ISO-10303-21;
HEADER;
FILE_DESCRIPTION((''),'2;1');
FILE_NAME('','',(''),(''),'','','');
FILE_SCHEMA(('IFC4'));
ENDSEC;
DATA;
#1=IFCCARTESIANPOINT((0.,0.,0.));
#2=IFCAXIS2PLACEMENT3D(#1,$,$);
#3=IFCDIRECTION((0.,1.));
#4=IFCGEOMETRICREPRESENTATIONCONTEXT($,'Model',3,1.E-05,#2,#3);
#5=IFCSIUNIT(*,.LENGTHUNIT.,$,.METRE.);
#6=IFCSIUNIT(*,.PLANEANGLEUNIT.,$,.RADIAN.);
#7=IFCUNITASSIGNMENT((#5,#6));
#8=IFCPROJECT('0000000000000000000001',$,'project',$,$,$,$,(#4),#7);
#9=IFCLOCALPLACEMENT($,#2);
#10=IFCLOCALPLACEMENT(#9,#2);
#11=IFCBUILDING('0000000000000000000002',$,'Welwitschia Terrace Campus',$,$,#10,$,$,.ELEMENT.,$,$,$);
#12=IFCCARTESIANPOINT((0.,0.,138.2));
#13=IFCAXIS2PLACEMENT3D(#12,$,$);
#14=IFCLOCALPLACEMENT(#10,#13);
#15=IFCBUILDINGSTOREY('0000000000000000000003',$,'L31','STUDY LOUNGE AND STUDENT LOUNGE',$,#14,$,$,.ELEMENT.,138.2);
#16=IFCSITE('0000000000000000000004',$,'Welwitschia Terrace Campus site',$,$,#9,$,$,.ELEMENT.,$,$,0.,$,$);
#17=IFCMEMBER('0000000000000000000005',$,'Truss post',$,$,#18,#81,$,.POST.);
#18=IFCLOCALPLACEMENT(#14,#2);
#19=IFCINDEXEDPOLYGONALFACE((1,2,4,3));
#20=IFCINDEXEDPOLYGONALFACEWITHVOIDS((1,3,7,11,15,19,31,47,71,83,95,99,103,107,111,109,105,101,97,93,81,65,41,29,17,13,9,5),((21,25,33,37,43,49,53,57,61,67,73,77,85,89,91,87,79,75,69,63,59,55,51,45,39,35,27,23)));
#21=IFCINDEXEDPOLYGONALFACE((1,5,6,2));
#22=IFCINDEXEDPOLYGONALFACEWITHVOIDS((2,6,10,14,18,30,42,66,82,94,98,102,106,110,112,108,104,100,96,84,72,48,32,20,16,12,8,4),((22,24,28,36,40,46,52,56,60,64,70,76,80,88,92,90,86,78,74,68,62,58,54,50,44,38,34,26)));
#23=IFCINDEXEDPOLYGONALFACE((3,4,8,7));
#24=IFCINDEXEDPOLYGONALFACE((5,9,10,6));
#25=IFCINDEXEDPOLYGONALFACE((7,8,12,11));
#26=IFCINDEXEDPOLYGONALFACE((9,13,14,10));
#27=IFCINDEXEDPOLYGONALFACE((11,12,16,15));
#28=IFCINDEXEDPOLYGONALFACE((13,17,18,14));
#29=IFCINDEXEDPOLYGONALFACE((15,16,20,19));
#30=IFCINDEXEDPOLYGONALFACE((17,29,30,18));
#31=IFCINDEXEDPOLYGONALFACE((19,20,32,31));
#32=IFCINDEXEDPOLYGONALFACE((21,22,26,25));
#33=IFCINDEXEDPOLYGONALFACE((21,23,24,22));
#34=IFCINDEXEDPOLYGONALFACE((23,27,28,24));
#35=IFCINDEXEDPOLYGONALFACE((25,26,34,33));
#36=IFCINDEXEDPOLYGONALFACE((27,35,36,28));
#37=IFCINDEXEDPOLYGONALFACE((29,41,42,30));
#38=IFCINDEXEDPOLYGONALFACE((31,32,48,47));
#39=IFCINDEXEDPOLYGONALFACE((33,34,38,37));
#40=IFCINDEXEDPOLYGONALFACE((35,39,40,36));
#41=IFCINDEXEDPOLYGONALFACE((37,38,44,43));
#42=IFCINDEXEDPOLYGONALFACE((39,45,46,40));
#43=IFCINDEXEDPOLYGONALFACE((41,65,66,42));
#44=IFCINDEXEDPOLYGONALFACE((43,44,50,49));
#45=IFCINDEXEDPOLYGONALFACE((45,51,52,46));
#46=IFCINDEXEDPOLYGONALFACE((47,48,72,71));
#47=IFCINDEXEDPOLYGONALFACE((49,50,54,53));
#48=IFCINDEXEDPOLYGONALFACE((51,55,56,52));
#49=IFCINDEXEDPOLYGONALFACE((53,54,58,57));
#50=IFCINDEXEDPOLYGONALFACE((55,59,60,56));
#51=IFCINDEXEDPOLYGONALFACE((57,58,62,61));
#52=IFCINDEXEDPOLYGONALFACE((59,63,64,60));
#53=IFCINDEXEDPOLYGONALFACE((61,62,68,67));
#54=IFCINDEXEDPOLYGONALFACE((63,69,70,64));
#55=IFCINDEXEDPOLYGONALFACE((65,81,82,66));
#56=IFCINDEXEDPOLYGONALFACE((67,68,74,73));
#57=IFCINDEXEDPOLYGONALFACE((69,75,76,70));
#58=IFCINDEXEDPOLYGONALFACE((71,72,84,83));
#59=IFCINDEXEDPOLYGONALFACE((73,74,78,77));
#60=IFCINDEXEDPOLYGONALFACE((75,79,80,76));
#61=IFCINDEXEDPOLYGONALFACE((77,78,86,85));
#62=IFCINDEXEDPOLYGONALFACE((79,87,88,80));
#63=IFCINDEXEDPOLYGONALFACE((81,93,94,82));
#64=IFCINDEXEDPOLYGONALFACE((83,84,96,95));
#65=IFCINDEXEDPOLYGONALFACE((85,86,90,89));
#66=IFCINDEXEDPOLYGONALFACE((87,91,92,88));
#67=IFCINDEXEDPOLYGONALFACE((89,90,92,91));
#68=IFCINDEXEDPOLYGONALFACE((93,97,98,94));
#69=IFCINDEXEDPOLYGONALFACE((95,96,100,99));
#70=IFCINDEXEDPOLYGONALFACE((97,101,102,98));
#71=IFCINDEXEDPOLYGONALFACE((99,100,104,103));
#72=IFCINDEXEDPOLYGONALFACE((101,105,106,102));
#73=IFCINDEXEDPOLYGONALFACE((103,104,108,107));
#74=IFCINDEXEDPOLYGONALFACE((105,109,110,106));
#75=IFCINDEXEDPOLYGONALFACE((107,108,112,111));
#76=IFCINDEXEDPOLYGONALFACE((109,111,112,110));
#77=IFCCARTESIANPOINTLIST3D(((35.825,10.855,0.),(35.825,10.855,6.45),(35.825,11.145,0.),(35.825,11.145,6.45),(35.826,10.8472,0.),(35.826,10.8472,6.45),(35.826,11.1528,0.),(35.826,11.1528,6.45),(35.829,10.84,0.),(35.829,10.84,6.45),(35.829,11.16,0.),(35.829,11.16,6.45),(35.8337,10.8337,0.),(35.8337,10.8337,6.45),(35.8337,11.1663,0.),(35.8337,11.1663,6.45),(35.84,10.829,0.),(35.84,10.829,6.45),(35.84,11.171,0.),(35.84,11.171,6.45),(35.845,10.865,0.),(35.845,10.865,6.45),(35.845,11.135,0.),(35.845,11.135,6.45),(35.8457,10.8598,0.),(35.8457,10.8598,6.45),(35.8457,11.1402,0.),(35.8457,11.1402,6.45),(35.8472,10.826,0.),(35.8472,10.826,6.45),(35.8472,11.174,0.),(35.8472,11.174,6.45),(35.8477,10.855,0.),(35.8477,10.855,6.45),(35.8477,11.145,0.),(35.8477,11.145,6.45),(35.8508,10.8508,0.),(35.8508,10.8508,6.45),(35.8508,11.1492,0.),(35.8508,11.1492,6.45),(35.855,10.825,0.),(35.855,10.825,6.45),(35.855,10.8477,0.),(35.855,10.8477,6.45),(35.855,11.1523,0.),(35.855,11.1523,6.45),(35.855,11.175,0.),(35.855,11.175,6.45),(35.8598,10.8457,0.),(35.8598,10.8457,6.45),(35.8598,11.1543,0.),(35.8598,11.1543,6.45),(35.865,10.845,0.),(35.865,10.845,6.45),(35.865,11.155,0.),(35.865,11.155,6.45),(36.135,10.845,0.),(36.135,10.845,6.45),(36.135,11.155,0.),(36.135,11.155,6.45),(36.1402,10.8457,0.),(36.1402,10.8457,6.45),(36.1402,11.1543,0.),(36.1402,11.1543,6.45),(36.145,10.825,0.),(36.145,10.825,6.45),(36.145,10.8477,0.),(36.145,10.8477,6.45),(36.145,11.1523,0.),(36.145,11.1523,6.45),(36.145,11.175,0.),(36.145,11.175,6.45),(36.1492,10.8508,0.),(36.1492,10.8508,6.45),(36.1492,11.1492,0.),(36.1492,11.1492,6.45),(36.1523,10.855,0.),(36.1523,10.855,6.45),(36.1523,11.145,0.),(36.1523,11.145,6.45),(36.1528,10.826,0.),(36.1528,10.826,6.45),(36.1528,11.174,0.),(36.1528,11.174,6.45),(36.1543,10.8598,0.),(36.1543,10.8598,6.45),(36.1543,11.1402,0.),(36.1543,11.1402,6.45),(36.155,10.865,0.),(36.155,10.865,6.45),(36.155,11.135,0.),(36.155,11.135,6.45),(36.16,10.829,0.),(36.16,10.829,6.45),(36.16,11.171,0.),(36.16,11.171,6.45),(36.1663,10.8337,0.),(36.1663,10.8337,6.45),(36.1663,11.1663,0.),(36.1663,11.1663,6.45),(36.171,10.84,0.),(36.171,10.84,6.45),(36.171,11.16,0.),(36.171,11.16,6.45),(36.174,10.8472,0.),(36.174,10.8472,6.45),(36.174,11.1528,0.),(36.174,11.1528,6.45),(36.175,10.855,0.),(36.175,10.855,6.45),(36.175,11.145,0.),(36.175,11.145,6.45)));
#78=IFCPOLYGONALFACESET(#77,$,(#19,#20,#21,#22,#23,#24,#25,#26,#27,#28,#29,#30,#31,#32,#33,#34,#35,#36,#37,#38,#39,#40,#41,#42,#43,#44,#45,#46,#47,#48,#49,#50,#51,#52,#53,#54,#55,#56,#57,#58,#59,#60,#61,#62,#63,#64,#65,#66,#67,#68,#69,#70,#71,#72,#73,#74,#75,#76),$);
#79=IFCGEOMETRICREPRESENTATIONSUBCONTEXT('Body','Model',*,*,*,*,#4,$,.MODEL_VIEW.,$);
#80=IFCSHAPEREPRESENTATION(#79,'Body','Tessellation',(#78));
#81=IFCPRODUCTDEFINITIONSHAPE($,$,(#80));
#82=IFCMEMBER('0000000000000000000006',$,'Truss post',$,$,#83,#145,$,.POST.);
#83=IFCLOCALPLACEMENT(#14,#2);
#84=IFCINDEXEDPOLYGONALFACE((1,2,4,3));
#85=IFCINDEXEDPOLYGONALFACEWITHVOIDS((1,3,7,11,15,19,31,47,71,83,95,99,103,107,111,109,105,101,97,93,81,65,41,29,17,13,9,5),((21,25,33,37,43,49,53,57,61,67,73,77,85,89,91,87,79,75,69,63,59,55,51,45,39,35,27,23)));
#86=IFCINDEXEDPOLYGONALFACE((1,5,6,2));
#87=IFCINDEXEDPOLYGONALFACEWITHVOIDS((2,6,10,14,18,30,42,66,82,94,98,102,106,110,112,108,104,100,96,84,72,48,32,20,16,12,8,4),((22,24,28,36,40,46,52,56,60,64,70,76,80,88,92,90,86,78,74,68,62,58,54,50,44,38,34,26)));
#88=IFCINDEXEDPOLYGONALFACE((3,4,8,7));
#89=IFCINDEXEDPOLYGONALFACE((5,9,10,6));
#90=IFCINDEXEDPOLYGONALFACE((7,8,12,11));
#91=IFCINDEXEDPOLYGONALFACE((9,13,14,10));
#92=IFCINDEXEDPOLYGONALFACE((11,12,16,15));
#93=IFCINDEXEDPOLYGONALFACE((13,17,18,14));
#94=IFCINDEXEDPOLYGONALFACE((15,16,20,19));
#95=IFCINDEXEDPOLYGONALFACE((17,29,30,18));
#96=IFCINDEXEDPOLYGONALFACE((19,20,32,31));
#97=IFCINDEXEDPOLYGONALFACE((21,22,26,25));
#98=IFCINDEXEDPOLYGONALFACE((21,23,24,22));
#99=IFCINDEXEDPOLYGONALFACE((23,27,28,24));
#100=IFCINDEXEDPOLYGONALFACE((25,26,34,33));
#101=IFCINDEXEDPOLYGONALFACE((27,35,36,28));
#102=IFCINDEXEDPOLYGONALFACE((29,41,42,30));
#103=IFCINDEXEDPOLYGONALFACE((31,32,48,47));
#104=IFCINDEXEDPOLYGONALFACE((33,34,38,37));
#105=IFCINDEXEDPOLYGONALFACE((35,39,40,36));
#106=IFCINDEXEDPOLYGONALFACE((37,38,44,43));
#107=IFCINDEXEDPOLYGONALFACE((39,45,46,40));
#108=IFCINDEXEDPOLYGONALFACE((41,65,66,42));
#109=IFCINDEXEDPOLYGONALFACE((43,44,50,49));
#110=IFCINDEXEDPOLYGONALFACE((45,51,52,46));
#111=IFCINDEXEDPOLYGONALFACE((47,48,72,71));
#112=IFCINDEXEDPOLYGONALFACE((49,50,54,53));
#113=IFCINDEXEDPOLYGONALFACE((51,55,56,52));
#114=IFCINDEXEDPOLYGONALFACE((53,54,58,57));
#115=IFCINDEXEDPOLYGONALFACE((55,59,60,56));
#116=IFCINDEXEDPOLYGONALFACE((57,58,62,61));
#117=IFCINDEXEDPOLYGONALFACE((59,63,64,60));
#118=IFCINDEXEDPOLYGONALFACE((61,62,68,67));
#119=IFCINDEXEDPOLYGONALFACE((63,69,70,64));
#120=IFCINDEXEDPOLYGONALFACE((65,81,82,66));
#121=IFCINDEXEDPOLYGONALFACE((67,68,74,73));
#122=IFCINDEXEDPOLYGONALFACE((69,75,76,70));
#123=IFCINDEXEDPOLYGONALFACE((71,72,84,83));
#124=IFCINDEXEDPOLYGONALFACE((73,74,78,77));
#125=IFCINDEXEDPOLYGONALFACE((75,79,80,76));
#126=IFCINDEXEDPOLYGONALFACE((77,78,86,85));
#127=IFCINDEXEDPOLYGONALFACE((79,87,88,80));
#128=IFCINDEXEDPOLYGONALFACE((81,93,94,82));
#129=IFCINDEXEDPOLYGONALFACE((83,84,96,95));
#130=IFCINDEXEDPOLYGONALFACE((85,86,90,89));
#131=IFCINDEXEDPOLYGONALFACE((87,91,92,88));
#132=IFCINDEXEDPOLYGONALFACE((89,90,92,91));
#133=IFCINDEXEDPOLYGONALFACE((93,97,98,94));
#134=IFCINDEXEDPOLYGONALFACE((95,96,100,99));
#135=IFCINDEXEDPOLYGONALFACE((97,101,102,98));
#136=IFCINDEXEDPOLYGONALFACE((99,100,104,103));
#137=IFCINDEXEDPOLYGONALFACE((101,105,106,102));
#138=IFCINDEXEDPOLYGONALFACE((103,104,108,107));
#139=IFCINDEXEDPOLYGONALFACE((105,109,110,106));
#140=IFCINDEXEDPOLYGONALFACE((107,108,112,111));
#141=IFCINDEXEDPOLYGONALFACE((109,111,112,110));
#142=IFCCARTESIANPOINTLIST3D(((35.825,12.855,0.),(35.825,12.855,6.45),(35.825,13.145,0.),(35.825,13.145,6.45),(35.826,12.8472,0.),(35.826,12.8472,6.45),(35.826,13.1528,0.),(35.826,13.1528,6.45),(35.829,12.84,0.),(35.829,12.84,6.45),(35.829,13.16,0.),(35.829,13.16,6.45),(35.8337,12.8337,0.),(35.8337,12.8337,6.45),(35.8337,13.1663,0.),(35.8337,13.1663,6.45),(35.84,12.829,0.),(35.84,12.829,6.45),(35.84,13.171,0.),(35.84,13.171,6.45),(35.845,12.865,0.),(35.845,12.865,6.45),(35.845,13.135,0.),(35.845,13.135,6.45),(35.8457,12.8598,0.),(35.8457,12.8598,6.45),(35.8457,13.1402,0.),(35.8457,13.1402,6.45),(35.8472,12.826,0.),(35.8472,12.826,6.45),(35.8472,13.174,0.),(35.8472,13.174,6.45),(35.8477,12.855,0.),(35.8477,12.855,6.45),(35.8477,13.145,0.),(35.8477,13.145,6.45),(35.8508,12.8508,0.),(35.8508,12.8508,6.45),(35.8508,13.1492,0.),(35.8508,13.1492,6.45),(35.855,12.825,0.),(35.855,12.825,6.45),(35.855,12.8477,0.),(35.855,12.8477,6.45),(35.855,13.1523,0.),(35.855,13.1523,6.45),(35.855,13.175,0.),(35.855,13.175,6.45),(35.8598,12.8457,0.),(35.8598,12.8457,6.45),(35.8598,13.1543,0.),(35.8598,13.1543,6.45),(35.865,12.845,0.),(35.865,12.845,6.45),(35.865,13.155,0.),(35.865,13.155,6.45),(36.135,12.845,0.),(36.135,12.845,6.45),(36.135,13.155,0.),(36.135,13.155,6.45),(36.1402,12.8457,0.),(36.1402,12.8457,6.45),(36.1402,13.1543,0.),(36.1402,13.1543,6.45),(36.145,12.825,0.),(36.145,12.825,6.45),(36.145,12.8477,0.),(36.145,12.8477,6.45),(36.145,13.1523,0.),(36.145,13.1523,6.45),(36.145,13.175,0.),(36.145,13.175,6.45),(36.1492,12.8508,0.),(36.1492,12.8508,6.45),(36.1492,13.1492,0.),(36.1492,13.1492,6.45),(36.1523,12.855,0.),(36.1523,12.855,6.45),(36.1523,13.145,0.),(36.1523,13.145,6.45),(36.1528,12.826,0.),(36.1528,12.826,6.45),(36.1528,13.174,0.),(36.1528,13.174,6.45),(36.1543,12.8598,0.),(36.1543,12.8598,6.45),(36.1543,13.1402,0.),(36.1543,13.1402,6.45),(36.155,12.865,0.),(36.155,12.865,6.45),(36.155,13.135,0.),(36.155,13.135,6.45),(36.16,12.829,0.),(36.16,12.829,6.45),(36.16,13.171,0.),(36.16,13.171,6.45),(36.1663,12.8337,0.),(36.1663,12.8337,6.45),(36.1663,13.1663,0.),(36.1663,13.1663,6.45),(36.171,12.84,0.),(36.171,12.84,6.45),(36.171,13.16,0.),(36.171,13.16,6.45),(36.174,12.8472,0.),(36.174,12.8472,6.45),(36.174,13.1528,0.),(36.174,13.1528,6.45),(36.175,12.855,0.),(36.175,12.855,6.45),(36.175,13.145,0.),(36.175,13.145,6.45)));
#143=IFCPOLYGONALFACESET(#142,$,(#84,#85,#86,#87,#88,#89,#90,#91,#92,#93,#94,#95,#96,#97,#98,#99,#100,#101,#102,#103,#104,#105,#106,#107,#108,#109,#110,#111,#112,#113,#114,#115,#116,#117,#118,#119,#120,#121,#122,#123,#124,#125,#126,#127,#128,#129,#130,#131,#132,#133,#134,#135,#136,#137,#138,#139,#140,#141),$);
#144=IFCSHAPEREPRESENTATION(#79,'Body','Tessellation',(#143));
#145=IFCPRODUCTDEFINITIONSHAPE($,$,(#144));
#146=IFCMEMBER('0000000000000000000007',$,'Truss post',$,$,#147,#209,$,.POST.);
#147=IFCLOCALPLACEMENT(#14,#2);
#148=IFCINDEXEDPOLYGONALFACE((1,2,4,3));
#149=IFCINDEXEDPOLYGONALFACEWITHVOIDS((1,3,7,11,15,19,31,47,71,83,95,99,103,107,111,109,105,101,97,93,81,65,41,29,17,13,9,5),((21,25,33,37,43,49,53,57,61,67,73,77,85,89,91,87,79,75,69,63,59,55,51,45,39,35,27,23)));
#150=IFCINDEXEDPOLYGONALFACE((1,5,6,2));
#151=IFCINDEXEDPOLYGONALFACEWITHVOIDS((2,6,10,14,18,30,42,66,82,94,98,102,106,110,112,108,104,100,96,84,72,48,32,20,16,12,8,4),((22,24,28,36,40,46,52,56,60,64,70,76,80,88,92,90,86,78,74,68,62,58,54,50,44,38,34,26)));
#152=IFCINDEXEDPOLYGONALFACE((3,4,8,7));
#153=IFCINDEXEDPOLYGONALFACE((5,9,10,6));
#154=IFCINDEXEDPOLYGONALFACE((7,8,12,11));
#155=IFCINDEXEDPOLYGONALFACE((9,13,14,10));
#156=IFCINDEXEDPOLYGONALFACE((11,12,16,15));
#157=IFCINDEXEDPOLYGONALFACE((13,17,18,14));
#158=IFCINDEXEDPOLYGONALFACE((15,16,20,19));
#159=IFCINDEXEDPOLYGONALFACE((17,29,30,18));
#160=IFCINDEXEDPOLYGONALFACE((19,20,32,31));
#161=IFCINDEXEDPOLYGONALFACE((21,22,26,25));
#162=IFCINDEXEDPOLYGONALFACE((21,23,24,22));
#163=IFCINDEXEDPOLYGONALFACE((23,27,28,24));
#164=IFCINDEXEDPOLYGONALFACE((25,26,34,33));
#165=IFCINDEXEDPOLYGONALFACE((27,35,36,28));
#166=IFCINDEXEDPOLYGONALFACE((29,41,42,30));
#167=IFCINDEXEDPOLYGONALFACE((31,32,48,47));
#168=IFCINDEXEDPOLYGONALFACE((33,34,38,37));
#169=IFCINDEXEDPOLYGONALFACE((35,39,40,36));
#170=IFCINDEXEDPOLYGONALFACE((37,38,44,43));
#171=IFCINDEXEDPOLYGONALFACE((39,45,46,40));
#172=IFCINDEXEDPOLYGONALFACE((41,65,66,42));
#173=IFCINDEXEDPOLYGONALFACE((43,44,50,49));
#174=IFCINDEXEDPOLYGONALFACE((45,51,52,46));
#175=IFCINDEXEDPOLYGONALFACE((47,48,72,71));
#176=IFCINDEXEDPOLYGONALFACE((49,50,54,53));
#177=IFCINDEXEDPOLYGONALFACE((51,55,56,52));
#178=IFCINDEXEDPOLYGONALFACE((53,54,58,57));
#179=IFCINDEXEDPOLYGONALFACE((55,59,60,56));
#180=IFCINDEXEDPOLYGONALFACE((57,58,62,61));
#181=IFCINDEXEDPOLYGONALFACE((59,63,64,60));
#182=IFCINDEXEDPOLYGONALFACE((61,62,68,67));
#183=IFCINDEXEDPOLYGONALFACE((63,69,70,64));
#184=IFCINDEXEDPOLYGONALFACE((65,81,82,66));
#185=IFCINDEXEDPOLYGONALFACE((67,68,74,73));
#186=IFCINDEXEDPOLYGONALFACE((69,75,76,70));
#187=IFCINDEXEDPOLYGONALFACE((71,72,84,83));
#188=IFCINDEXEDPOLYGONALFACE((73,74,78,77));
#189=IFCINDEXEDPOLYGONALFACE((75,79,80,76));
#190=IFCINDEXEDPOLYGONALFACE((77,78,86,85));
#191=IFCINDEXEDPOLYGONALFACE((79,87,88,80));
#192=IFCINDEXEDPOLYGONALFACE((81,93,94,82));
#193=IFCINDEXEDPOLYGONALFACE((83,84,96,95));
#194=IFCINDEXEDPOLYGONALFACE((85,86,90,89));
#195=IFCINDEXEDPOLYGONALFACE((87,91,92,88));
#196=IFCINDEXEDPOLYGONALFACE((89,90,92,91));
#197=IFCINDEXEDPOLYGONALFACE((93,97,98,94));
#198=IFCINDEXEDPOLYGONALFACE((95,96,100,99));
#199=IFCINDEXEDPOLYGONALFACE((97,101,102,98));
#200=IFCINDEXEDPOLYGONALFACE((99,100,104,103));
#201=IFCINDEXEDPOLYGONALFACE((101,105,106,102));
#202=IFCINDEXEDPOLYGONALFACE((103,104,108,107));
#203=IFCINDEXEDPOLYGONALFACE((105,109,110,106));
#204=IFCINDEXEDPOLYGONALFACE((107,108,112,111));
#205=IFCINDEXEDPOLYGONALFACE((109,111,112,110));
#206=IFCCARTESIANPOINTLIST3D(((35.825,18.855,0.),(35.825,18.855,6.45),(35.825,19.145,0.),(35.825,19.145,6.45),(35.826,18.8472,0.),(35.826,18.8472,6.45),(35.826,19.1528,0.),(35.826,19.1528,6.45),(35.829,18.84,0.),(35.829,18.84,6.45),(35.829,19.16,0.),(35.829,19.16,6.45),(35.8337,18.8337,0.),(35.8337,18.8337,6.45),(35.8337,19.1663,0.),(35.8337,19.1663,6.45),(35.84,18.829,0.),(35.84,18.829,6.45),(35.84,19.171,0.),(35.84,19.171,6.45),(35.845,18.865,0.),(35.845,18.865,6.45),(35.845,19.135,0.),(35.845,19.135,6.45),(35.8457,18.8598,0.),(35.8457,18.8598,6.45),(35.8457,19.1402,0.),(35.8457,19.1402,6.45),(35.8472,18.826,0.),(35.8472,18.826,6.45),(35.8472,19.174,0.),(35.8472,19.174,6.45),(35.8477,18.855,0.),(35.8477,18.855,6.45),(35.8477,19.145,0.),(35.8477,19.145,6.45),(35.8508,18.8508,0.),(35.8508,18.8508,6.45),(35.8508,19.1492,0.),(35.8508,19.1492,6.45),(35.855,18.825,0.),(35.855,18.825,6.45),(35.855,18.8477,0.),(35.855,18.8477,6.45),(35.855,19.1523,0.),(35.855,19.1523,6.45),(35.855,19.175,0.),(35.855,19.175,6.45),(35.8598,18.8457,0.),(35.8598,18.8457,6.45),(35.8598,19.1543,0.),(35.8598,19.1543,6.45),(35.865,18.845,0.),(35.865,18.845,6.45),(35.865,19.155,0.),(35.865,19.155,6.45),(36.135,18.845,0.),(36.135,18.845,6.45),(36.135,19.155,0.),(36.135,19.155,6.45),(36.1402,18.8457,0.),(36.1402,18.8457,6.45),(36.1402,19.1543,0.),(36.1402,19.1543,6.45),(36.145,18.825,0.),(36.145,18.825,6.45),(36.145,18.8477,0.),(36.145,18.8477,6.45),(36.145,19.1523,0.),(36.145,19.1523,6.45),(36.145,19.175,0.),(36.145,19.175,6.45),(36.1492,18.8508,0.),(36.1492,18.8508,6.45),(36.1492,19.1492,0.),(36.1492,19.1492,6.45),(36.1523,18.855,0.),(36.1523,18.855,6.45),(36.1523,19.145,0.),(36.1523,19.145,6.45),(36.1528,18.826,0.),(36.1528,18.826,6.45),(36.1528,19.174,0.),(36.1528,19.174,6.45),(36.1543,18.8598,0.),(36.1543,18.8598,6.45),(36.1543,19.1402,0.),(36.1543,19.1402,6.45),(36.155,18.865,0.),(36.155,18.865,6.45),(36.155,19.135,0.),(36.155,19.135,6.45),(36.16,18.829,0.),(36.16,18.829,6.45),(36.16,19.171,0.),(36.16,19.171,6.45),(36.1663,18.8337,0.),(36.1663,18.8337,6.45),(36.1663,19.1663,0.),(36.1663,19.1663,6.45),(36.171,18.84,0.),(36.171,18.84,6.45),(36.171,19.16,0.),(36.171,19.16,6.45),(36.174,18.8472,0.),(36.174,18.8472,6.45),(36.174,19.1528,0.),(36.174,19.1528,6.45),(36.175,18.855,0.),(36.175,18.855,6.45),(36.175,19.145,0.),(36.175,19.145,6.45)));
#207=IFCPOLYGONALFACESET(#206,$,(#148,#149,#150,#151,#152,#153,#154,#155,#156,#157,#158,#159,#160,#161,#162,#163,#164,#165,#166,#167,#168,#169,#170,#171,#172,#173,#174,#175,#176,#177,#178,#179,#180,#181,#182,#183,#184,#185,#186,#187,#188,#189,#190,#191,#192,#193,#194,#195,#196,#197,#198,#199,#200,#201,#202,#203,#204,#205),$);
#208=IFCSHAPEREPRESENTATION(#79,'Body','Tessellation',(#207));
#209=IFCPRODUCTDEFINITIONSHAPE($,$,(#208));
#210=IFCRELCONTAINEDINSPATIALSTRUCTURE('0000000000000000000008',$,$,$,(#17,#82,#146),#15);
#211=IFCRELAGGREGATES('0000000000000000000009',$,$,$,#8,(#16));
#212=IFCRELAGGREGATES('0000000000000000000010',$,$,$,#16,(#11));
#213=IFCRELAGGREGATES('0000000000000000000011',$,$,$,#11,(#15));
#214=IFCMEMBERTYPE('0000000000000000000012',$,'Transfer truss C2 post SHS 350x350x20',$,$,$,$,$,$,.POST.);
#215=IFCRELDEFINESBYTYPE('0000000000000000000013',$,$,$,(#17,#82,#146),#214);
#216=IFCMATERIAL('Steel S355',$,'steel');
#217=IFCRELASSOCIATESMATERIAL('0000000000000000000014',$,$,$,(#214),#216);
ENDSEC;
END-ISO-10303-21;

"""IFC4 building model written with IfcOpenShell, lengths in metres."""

from ifc_helpers import new_model, si_unit, direction, frame, origin, origin_2d, place, context, subcontext, project, spatial, hollow_rectangle, extrude, material, material_profile, profile_set, type_object, element, save


model = new_model("IFC4")

# Units and contexts
model_context = context("Model", 3, precision=1e-05, world=origin(), true_north=direction((0.0, 1.0)))
body_context = subcontext(model_context, "Body", "Model", "MODEL_VIEW")
ifc_project = project(units=[si_unit("LENGTHUNIT", "METRE"), si_unit("PLANEANGLEUNIT", "RADIAN")], contexts=[model_context])

# Site, building, storey
site_placement = place(None, origin())
site = spatial("IfcSite", under=ifc_project, at=site_placement, Name="Welwitschia Terrace Campus site", CompositionType="ELEMENT", RefElevation=0.0)
building_placement = place(site_placement, origin())
building = spatial("IfcBuilding", under=site, at=building_placement, Name="Welwitschia Terrace Campus", CompositionType="ELEMENT")
storey_placement = place(building_placement, frame((0.0, 0.0, 138.2)))
storey = spatial("IfcBuildingStorey", under=building, at=storey_placement, Name="L31", Description="STUDY LOUNGE AND STUDENT LOUNGE", CompositionType="ELEMENT", Elevation=138.2)

# Members
ifc_material_1 = material(Name="Steel S355", Category="steel")
ifc_material_profile_1 = material_profile(ifc_material_1, hollow_rectangle(XDim=0.3501, YDim=0.3501, WallThickness=0.02, InnerFilletRadius=0.02, OuterFilletRadius=0.03, at=origin_2d()))
ifc_profile_set_1 = profile_set([ifc_material_profile_1], Name="Steel S355")
member_type_1 = type_object("IfcMemberType", Name="Transfer truss C2 post SHS 350x350x20", PredefinedType="POST", material=ifc_profile_set_1)
for number, where, z_axis, x_axis, name in (
    (1, (36.0, 11.0, 0.0), (0.0, 0.0, 1.0), (1.0, 0.0, 0.0), "Truss post"),
    (2, (36.0, 13.0, 0.0), (0.0, 0.0, 1.0), (1.0, 0.0, 0.0), "Truss post"),
    (3, (36.0, 19.0, 0.0), (0.0, 0.0, 1.0), (1.0, 0.0, 0.0), "Truss post"),
):
    element("IfcMember", number, at=place(storey_placement, frame(where, z_axis=z_axis, x_axis=x_axis)), inside=storey, type_object=member_type_1, Name=name, PredefinedType="POST", context=body_context, shape_type="SweptSolid", body=[
        extrude(hollow_rectangle(XDim=0.3501, YDim=0.3501, WallThickness=0.02, InnerFilletRadius=0.02, OuterFilletRadius=0.03, at=origin_2d()), origin(), (0.0, 0.0, 1.0), 6.45),
    ])

save(model, "model.ifc")
